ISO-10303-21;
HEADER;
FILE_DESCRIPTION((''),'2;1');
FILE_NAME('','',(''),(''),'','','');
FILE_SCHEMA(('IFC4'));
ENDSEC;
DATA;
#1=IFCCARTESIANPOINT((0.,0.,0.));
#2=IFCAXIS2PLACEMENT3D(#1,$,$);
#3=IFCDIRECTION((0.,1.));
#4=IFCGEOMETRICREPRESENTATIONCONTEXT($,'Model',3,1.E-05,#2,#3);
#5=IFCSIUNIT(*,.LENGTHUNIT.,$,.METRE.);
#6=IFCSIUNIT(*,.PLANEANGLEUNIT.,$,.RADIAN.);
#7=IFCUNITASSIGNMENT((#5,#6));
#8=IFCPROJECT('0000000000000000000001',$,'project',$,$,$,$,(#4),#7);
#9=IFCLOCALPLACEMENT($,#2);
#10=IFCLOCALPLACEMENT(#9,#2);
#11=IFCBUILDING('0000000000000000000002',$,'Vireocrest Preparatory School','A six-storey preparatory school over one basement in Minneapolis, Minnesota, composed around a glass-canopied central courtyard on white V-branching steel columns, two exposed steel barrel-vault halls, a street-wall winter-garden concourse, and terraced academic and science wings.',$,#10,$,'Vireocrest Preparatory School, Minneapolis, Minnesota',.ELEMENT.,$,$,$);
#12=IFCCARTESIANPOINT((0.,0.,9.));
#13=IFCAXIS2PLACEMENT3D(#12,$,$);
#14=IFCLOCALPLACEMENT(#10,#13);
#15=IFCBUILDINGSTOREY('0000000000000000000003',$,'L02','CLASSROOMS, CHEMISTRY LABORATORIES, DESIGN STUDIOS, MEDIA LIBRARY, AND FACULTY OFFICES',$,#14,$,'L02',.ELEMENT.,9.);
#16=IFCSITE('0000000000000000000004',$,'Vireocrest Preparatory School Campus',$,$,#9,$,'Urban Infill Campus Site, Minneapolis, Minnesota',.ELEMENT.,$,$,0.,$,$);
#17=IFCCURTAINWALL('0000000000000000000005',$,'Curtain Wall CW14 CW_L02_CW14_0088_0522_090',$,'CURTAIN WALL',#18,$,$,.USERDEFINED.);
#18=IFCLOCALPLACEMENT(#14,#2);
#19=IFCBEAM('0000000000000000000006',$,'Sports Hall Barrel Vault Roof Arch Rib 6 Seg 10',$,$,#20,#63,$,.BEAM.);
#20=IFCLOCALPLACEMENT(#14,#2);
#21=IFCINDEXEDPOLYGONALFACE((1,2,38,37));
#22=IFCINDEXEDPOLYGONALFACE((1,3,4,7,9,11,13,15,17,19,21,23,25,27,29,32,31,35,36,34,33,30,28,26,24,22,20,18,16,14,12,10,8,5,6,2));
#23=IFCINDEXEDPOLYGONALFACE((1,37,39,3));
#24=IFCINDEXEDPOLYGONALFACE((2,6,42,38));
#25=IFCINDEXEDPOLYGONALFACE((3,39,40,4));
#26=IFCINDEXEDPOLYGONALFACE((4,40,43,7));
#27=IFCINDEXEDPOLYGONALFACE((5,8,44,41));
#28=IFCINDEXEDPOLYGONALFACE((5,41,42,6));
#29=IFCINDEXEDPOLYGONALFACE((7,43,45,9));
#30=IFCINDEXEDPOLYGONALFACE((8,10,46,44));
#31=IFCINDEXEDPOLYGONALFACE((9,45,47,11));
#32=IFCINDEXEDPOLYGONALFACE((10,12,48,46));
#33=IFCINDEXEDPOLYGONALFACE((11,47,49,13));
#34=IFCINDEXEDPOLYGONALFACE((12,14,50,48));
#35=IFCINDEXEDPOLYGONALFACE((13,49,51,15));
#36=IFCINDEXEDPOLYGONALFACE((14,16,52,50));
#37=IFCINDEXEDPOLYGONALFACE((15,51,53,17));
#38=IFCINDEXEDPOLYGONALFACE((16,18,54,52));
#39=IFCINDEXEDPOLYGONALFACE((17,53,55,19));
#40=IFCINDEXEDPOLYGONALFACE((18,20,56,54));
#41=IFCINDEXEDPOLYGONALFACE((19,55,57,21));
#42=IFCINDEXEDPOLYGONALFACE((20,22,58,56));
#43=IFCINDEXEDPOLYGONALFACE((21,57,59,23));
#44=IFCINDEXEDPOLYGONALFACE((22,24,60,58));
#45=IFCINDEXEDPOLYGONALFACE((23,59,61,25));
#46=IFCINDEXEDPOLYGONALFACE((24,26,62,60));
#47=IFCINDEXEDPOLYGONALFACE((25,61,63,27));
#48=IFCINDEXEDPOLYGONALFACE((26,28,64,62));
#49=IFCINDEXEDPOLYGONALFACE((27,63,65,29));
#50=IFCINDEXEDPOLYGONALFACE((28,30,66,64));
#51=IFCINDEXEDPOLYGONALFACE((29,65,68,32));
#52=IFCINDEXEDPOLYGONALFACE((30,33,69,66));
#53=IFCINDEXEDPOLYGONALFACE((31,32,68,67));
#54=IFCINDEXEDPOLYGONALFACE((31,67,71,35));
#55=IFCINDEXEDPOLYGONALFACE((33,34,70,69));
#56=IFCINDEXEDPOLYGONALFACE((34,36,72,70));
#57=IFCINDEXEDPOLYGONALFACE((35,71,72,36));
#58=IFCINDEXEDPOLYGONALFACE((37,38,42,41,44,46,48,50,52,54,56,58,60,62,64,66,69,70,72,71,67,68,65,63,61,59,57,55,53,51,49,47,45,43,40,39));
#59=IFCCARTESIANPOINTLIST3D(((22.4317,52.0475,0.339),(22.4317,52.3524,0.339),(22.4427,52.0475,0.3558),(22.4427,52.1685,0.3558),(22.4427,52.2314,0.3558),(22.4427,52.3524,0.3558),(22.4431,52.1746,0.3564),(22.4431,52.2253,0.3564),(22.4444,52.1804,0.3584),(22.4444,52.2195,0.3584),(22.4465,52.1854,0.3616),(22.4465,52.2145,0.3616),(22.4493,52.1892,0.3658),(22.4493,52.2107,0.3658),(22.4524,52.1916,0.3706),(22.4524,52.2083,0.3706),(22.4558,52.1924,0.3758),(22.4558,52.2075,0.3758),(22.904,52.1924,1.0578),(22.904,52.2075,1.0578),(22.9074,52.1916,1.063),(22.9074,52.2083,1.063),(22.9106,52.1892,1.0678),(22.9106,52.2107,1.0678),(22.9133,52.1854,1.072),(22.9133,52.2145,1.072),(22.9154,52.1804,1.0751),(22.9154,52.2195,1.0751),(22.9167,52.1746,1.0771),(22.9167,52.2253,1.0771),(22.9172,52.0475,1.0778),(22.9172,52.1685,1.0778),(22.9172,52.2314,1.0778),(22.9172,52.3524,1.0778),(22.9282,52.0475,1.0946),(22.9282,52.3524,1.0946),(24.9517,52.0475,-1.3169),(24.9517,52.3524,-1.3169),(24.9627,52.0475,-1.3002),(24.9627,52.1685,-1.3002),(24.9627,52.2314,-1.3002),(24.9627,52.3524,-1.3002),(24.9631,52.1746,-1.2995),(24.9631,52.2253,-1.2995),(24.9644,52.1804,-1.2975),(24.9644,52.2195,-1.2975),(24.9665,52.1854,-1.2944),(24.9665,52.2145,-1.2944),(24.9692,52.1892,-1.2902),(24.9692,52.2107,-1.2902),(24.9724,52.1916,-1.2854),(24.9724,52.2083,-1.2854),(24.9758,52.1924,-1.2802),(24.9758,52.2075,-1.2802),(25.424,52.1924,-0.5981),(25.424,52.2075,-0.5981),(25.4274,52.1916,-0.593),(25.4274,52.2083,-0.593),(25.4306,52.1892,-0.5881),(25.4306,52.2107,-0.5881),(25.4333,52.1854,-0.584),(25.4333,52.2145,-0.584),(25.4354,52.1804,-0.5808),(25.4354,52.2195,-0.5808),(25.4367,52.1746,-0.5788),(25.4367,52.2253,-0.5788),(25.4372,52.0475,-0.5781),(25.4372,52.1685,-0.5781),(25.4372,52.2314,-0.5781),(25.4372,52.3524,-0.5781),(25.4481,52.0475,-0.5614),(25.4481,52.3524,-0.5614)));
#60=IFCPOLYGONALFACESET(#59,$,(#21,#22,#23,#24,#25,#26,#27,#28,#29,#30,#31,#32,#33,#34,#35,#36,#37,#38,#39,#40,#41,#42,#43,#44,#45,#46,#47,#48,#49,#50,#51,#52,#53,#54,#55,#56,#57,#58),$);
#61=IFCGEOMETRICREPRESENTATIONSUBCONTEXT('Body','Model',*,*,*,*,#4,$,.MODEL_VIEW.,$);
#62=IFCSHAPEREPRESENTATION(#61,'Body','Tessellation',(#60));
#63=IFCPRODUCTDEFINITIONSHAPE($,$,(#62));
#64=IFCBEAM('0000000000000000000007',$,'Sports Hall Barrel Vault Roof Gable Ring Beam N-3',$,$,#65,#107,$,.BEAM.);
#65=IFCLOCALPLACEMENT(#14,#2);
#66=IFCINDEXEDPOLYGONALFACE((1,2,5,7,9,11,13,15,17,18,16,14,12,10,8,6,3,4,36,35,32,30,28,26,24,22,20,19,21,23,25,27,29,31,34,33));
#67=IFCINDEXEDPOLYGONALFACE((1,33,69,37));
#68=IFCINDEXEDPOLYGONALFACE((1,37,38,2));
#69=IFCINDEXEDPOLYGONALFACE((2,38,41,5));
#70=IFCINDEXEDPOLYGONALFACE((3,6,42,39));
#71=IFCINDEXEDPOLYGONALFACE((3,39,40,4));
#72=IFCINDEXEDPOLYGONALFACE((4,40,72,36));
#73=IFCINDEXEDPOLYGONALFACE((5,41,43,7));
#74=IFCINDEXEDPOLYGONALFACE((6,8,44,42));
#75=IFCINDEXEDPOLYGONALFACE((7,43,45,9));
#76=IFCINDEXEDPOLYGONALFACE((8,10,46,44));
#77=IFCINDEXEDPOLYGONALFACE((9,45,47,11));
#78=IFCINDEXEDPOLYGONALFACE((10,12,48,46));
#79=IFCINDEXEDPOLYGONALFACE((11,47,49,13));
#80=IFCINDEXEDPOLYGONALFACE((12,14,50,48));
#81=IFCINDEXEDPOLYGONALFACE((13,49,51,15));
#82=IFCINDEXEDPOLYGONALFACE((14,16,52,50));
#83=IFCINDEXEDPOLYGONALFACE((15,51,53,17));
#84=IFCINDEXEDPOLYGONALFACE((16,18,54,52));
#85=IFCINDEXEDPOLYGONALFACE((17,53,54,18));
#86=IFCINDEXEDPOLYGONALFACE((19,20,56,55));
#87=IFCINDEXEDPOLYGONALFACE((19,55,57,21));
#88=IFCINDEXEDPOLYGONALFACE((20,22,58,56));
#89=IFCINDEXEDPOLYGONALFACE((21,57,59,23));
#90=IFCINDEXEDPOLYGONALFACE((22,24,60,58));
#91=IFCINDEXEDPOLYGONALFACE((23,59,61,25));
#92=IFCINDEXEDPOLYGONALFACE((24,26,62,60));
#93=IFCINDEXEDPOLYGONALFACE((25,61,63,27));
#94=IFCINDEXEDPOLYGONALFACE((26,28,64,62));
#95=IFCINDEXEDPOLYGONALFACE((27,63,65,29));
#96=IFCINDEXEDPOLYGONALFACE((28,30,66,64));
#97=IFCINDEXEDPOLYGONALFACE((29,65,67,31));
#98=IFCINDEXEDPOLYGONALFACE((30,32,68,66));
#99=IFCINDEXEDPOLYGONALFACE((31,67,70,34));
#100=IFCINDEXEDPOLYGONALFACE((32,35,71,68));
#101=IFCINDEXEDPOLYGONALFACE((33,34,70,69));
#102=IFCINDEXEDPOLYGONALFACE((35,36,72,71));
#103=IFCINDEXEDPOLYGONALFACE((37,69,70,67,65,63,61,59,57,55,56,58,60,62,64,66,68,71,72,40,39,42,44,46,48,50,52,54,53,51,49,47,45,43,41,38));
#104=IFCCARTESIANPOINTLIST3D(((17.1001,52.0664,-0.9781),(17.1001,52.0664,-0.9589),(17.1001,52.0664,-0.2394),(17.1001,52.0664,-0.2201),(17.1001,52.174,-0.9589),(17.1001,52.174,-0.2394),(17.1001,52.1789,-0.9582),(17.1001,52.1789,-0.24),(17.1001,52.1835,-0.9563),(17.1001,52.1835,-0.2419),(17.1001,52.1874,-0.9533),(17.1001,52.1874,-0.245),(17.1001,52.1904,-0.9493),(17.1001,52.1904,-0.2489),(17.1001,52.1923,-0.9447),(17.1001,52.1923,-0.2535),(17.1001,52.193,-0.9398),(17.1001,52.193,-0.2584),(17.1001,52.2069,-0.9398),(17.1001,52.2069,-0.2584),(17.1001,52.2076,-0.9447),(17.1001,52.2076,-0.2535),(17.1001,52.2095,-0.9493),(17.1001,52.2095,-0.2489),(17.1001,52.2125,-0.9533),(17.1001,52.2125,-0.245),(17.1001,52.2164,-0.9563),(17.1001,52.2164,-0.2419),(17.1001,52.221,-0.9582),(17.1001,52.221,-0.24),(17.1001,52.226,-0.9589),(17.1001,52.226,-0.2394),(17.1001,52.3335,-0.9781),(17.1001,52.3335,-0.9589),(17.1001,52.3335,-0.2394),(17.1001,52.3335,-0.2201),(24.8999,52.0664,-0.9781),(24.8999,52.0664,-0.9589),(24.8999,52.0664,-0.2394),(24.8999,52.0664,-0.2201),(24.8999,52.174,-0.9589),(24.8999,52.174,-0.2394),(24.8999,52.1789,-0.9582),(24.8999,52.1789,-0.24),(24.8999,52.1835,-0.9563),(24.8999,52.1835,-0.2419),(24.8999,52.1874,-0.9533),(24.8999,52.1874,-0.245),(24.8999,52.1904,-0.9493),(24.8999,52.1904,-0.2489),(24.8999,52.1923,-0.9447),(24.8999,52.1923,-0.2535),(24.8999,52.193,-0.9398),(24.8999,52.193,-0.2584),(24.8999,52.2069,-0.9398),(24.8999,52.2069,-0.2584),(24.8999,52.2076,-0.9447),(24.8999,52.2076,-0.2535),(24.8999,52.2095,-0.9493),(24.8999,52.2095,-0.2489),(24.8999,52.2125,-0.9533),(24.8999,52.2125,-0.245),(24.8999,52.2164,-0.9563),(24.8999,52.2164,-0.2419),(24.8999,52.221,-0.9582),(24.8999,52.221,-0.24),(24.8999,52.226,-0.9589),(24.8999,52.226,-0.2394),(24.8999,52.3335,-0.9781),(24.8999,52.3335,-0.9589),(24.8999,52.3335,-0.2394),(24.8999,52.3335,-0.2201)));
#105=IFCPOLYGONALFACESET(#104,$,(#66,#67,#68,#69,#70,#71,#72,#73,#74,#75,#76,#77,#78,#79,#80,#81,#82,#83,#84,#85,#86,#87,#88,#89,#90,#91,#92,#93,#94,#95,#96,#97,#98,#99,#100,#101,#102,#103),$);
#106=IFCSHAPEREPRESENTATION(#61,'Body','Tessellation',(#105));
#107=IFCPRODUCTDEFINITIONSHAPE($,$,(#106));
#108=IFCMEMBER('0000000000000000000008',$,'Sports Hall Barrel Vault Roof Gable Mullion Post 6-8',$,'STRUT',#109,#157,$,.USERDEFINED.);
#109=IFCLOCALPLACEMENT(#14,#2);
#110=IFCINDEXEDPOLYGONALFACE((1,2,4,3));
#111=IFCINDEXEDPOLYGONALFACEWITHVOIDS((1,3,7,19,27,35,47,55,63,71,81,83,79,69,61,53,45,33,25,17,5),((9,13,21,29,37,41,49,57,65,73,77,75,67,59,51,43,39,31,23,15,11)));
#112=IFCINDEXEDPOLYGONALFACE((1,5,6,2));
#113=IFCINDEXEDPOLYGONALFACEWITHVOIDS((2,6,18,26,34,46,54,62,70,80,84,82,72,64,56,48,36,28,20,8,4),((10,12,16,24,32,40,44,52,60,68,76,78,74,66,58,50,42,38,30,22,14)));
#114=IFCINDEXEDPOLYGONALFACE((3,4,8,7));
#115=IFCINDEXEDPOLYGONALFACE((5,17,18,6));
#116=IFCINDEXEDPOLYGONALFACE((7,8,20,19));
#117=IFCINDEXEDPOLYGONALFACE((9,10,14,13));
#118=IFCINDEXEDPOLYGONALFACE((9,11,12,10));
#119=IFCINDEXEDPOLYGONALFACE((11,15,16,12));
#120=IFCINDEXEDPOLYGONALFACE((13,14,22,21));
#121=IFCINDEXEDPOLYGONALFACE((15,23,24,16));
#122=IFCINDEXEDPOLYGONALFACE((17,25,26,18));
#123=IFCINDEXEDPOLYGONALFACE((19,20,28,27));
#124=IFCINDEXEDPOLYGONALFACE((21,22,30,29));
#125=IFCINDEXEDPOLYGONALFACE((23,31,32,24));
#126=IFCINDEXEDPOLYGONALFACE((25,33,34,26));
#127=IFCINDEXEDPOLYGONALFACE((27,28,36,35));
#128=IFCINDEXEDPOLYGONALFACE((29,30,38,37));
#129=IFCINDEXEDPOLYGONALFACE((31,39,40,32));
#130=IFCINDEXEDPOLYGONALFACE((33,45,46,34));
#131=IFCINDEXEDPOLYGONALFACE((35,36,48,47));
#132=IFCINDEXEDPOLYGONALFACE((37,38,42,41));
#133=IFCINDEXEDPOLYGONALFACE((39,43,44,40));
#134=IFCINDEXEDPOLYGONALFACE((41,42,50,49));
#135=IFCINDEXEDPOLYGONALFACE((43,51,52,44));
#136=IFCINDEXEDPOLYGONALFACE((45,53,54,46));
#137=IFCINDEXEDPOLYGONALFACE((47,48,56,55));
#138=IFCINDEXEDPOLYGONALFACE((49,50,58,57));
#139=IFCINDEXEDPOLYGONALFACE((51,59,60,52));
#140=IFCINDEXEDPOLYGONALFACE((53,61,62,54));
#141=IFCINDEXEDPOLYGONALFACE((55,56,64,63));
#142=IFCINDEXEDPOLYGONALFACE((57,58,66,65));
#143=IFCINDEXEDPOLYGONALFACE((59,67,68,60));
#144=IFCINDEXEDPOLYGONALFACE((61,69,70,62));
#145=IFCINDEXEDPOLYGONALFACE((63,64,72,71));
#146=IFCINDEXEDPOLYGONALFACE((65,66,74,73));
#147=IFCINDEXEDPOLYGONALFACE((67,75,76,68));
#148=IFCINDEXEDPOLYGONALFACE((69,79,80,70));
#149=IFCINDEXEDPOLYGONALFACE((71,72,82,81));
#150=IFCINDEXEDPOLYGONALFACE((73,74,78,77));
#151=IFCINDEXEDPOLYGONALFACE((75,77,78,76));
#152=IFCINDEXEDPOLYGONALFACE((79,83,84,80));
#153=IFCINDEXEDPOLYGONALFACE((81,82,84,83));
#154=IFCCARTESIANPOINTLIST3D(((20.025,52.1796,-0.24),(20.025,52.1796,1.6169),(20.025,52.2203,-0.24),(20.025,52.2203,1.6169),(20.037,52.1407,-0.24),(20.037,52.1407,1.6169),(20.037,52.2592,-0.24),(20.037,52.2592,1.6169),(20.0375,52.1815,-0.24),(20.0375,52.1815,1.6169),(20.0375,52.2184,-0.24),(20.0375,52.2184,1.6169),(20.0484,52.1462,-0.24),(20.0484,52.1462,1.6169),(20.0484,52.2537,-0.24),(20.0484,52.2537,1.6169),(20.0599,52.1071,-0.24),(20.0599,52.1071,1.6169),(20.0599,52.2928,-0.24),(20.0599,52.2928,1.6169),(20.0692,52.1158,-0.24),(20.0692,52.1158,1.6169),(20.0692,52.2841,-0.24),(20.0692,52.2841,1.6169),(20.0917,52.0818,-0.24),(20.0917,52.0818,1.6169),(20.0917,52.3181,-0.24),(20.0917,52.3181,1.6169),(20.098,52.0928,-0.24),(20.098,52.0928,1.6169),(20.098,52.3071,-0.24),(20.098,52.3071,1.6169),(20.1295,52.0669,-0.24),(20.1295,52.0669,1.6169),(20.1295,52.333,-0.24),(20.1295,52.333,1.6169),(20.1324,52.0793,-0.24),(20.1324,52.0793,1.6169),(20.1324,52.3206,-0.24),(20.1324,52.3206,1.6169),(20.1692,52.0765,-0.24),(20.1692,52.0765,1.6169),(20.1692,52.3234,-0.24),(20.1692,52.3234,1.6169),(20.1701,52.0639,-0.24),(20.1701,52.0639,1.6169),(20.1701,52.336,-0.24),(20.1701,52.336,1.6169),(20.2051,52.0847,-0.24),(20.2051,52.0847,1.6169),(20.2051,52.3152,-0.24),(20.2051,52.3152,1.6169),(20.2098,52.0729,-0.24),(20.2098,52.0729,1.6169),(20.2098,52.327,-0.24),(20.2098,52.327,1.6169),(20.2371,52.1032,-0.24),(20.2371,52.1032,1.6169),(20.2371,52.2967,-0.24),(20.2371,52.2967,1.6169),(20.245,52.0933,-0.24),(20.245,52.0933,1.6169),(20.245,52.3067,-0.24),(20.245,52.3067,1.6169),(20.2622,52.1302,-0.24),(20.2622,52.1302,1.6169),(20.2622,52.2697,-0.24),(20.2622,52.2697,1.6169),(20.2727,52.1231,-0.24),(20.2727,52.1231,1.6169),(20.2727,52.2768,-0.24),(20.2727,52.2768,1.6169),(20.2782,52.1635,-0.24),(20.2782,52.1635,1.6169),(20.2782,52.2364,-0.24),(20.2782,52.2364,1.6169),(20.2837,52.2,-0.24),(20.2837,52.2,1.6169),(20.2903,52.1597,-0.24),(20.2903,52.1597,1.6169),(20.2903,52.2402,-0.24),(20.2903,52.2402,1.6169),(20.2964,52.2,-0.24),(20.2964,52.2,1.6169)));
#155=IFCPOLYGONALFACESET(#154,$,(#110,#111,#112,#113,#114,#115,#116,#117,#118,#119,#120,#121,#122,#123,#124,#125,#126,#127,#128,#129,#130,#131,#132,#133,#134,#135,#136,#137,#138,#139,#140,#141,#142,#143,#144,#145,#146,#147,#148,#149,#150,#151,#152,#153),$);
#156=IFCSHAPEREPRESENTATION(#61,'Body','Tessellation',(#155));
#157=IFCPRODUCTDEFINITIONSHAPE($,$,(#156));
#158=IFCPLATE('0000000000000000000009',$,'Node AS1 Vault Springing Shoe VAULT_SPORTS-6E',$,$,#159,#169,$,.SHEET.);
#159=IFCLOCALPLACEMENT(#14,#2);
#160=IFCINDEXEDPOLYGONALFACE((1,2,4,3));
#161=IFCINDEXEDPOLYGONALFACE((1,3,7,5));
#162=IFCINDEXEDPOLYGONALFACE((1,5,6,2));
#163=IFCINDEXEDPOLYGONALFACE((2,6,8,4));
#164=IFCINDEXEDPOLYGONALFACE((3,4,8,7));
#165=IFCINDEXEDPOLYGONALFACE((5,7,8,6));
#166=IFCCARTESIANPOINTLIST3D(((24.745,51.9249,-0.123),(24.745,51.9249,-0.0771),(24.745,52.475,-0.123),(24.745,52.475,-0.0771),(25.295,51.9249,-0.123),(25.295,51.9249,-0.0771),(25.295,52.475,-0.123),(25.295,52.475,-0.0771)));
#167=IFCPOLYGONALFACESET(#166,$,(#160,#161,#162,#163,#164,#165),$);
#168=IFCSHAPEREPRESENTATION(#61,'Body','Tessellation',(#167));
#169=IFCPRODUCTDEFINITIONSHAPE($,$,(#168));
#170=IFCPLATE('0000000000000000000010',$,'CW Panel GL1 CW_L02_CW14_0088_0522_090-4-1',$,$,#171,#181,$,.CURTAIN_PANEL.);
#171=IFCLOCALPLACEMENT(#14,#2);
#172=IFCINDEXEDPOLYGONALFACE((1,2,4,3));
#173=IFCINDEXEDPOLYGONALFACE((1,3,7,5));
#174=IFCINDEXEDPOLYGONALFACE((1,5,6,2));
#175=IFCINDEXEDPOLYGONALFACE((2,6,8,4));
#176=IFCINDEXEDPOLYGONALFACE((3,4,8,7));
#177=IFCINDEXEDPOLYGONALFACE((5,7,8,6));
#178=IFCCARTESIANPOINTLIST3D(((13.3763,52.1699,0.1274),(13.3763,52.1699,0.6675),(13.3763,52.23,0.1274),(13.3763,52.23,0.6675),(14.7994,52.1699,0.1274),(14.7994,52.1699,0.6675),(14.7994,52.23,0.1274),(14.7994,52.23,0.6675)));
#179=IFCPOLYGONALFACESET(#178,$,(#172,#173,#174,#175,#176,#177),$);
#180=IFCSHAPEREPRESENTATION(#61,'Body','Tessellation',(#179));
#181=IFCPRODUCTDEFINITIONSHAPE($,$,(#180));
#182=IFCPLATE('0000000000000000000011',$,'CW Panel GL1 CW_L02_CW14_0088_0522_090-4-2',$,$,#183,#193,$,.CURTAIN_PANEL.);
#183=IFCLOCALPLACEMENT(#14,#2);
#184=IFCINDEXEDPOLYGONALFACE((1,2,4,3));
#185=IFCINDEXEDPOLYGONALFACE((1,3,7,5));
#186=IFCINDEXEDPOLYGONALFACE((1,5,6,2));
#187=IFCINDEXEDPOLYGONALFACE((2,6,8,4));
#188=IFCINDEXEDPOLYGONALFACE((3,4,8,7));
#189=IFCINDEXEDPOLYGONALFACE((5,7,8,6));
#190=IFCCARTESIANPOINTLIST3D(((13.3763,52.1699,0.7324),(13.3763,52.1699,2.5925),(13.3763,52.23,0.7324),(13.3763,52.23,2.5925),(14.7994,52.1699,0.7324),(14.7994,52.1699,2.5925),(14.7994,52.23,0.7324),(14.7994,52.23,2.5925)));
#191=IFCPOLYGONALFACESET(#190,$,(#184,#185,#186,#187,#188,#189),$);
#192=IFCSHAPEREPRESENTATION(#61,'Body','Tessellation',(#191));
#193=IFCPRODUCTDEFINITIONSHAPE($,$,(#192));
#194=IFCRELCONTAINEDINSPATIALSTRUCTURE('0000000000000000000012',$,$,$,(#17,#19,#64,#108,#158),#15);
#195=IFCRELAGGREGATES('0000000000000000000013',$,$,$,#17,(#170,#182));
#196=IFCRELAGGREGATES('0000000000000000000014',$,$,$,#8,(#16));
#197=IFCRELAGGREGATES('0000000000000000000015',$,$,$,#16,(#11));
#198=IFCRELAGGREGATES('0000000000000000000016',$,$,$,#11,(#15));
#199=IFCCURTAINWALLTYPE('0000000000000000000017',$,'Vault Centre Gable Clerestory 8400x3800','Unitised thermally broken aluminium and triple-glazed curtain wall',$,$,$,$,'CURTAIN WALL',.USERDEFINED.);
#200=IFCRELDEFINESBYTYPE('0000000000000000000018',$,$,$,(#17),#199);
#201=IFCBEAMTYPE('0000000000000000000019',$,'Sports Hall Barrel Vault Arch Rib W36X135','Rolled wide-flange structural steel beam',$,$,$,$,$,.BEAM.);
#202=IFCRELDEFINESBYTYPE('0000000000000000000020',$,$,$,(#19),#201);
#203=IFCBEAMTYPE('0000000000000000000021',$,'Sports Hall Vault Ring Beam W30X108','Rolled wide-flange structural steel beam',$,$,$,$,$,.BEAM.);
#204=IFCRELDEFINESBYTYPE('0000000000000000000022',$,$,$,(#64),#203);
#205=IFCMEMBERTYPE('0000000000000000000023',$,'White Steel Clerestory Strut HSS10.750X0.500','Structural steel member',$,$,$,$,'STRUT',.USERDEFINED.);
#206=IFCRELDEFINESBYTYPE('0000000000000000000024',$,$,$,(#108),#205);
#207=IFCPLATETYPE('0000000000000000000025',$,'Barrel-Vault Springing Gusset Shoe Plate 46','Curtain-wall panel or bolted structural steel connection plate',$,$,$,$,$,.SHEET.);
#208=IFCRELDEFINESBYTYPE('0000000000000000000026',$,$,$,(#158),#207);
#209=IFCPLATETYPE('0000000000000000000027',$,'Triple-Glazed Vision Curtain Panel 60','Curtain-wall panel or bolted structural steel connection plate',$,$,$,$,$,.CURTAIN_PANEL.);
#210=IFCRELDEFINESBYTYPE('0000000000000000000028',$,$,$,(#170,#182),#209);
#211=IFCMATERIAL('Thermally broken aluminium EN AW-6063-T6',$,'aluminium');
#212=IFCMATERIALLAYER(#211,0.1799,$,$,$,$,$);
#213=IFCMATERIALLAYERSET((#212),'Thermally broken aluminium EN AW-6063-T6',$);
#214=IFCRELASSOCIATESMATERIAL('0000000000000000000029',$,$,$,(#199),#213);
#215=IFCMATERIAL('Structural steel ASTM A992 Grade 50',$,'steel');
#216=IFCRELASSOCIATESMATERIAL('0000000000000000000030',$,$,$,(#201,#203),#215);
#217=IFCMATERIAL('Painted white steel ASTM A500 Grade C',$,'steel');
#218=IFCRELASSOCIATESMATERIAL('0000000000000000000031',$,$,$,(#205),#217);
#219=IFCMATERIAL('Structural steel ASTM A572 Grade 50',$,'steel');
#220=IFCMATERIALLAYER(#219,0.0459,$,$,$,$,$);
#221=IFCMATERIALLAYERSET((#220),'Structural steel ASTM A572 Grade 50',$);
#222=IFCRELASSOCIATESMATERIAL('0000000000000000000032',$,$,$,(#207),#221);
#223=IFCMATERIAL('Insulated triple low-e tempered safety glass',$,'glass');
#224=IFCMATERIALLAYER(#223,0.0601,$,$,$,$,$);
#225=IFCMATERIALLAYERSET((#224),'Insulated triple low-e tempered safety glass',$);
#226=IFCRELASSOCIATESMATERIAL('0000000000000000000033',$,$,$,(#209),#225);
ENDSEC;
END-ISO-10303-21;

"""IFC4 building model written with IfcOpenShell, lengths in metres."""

from ifc_helpers import new_model, si_unit, direction, frame, origin, origin_2d, place, context, subcontext, project, spatial, rectangle, hollow_circle, i_section, extrude, material, layer, layer_set, material_profile, profile_set, type_object, element, aggregate, save


model = new_model("IFC4")

# Units and contexts
model_context = context("Model", 3, precision=1e-05, world=origin(), true_north=direction((0.0, 1.0)))
body_context = subcontext(model_context, "Body", "Model", "MODEL_VIEW")
ifc_project = project(units=[si_unit("LENGTHUNIT", "METRE"), si_unit("PLANEANGLEUNIT", "RADIAN")], contexts=[model_context])

# Site, building, storey
site_placement = place(None, origin())
site = spatial("IfcSite", under=ifc_project, at=site_placement, Name="Vireocrest Preparatory School Campus", LongName="Urban Infill Campus Site, Minneapolis, Minnesota", CompositionType="ELEMENT", RefElevation=0.0)
building_placement = place(site_placement, origin())
building = spatial("IfcBuilding", under=site, at=building_placement, Name="Vireocrest Preparatory School", Description="A six-storey preparatory school over one basement in Minneapolis, Minnesota, composed around a glass-canopied central courtyard on white V-branching steel columns, two exposed steel barrel-vault halls, a street-wall winter-garden concourse, and terraced academic and science wings.", LongName="Vireocrest Preparatory School, Minneapolis, Minnesota", CompositionType="ELEMENT")
storey_placement = place(building_placement, frame((0.0, 0.0, 9.0)))
storey = spatial("IfcBuildingStorey", under=building, at=storey_placement, Name="L02", Description="CLASSROOMS, CHEMISTRY LABORATORIES, DESIGN STUDIOS, MEDIA LIBRARY, AND FACULTY OFFICES", LongName="L02", CompositionType="ELEMENT", Elevation=9.0)

# Curtain wall
ifc_material_1 = material(Name="Thermally broken aluminium EN AW-6063-T6", Category="aluminium")
ifc_layer_1 = layer(ifc_material_1, 0.1799)
ifc_layer_set_1 = layer_set([ifc_layer_1], Name="Thermally broken aluminium EN AW-6063-T6")
curtain_wall_type_1 = type_object("IfcCurtainWallType", Name="Vault Centre Gable Clerestory 8400x3800", Description="Unitised thermally broken aluminium and triple-glazed curtain wall", ElementType="CURTAIN WALL", PredefinedType="USERDEFINED", material=ifc_layer_set_1)
curtain_wall_1_placement = place(storey_placement, origin())
curtain_wall_1 = element("IfcCurtainWall", 1, at=curtain_wall_1_placement, inside=storey, type_object=curtain_wall_type_1, Name="Curtain Wall CW14 CW_L02_CW14_0088_0522_090", ObjectType="CURTAIN WALL", PredefinedType="USERDEFINED")

# Beams
ifc_material_2 = material(Name="Structural steel ASTM A992 Grade 50", Category="steel")
ifc_material_profile_1 = material_profile(ifc_material_2, i_section(OverallWidth=0.3049, OverallDepth=0.9041, WebThickness=0.0151, FlangeThickness=0.02, FilletRadius=0.0239, at=origin_2d()), Name="W36X135")
ifc_profile_set_1 = profile_set([ifc_material_profile_1], Name="Structural steel ASTM A992 Grade 50")
beam_type_1 = type_object("IfcBeamType", Name="Sports Hall Barrel Vault Arch Rib W36X135", Description="Rolled wide-flange structural steel beam", PredefinedType="BEAM", material=ifc_profile_set_1)
beam_1_placement = place(storey_placement, frame((22.6799, 52.2, 0.7168), z_axis=(0.835707, 0.0, -0.549176), x_axis=(0.0, 1.0, 0.0)))
element("IfcBeam", 2, at=beam_1_placement, inside=storey, type_object=beam_type_1, Name="Sports Hall Barrel Vault Roof Arch Rib 6 Seg 10", PredefinedType="BEAM", context=body_context, shape_type="SweptSolid", body=[
    extrude(i_section(OverallWidth=0.3049, OverallDepth=0.9041, WebThickness=0.0151, FlangeThickness=0.02, FilletRadius=0.0239, at=origin_2d()), origin(), (0.0, 0.0, 1.0), 3.0154),
])
ifc_material_profile_2 = material_profile(ifc_material_2, i_section(OverallWidth=0.2671, OverallDepth=0.7581, WebThickness=0.0139, FlangeThickness=0.0193, FilletRadius=0.019, at=origin_2d()), Name="W30X108")
ifc_profile_set_2 = profile_set([ifc_material_profile_2], Name="Structural steel ASTM A992 Grade 50")
beam_type_2 = type_object("IfcBeamType", Name="Sports Hall Vault Ring Beam W30X108", Description="Rolled wide-flange structural steel beam", PredefinedType="BEAM", material=ifc_profile_set_2)
beam_2_placement = place(storey_placement, frame((17.1001, 52.2, -0.5991), z_axis=(1.0, 0.0, 0.0), x_axis=(0.0, 1.0, 0.0)))
element("IfcBeam", 3, at=beam_2_placement, inside=storey, type_object=beam_type_2, Name="Sports Hall Barrel Vault Roof Gable Ring Beam N-3", PredefinedType="BEAM", context=body_context, shape_type="SweptSolid", body=[
    extrude(i_section(OverallWidth=0.2671, OverallDepth=0.7581, WebThickness=0.0139, FlangeThickness=0.0193, FilletRadius=0.019, at=origin_2d()), origin(), (0.0, 0.0, 1.0), 7.7998),
])

# Member
ifc_material_3 = material(Name="Painted white steel ASTM A500 Grade C", Category="steel")
ifc_material_profile_3 = material_profile(ifc_material_3, hollow_circle(Radius=0.1365, WallThickness=0.0127, at=origin_2d()), Name="HSS10.750X0.500")
ifc_profile_set_3 = profile_set([ifc_material_profile_3], Name="Painted white steel ASTM A500 Grade C")
member_type_1 = type_object("IfcMemberType", Name="White Steel Clerestory Strut HSS10.750X0.500", Description="Structural steel member", ElementType="STRUT", PredefinedType="USERDEFINED", material=ifc_profile_set_3)
member_1_placement = place(storey_placement, frame((20.1599, 52.2, -0.24), z_axis=(0.0, 0.0, 1.0), x_axis=(1.0, 0.0, 0.0)))
element("IfcMember", 4, at=member_1_placement, inside=storey, type_object=member_type_1, Name="Sports Hall Barrel Vault Roof Gable Mullion Post 6-8", ObjectType="STRUT", PredefinedType="USERDEFINED", context=body_context, shape_type="SweptSolid", body=[
    extrude(hollow_circle(Radius=0.1365, WallThickness=0.0127, at=origin_2d()), origin(), (0.0, 0.0, 1.0), 1.8569),
])

# Plates
ifc_material_4 = material(Name="Structural steel ASTM A572 Grade 50", Category="steel")
ifc_layer_2 = layer(ifc_material_4, 0.0459)
ifc_layer_set_2 = layer_set([ifc_layer_2], Name="Structural steel ASTM A572 Grade 50")
plate_type_1 = type_object("IfcPlateType", Name="Barrel-Vault Springing Gusset Shoe Plate 46", Description="Curtain-wall panel or bolted structural steel connection plate", PredefinedType="SHEET", material=ifc_layer_set_2)
plate_1_placement = place(storey_placement, frame((25.02, 52.2, -0.123), z_axis=(0.0, 0.0, 1.0), x_axis=(1.0, 0.0, 0.0)))
element("IfcPlate", 5, at=plate_1_placement, inside=storey, type_object=plate_type_1, Name="Node AS1 Vault Springing Shoe VAULT_SPORTS-6E", PredefinedType="SHEET", context=body_context, shape_type="SweptSolid", body=[
    extrude(rectangle(XDim=0.55, YDim=0.55, at=origin_2d()), origin(), (0.0, 0.0, 1.0), 0.0459),
])
ifc_material_5 = material(Name="Insulated triple low-e tempered safety glass", Category="glass")
ifc_layer_3 = layer(ifc_material_5, 0.0601)
ifc_layer_set_3 = layer_set([ifc_layer_3], Name="Insulated triple low-e tempered safety glass")
plate_type_2 = type_object("IfcPlateType", Name="Triple-Glazed Vision Curtain Panel 60", Description="Curtain-wall panel or bolted structural steel connection plate", PredefinedType="CURTAIN_PANEL", material=ifc_layer_set_3)
plate_2_placement = place(storey_placement, frame((14.0879, 52.2, 0.1274), z_axis=(0.0, 0.0, 1.0), x_axis=(1.0, 0.0, 0.0)))
plate_2 = element("IfcPlate", 6, at=plate_2_placement, type_object=plate_type_2, Name="CW Panel GL1 CW_L02_CW14_0088_0522_090-4-1", PredefinedType="CURTAIN_PANEL", context=body_context, shape_type="SweptSolid", body=[
    extrude(rectangle(XDim=1.4231, YDim=0.0601, at=origin_2d()), origin(), (0.0, 0.0, 1.0), 0.54),
])
plate_3_placement = place(storey_placement, frame((14.0879, 52.2, 0.7324), z_axis=(0.0, 0.0, 1.0), x_axis=(1.0, 0.0, 0.0)))
plate_3 = element("IfcPlate", 7, at=plate_3_placement, type_object=plate_type_2, Name="CW Panel GL1 CW_L02_CW14_0088_0522_090-4-2", PredefinedType="CURTAIN_PANEL", context=body_context, shape_type="SweptSolid", body=[
    extrude(rectangle(XDim=1.4231, YDim=0.0601, at=origin_2d()), origin(), (0.0, 0.0, 1.0), 1.8601),
])
aggregate(curtain_wall_1, [plate_2, plate_3])

save(model, "model.ifc")
